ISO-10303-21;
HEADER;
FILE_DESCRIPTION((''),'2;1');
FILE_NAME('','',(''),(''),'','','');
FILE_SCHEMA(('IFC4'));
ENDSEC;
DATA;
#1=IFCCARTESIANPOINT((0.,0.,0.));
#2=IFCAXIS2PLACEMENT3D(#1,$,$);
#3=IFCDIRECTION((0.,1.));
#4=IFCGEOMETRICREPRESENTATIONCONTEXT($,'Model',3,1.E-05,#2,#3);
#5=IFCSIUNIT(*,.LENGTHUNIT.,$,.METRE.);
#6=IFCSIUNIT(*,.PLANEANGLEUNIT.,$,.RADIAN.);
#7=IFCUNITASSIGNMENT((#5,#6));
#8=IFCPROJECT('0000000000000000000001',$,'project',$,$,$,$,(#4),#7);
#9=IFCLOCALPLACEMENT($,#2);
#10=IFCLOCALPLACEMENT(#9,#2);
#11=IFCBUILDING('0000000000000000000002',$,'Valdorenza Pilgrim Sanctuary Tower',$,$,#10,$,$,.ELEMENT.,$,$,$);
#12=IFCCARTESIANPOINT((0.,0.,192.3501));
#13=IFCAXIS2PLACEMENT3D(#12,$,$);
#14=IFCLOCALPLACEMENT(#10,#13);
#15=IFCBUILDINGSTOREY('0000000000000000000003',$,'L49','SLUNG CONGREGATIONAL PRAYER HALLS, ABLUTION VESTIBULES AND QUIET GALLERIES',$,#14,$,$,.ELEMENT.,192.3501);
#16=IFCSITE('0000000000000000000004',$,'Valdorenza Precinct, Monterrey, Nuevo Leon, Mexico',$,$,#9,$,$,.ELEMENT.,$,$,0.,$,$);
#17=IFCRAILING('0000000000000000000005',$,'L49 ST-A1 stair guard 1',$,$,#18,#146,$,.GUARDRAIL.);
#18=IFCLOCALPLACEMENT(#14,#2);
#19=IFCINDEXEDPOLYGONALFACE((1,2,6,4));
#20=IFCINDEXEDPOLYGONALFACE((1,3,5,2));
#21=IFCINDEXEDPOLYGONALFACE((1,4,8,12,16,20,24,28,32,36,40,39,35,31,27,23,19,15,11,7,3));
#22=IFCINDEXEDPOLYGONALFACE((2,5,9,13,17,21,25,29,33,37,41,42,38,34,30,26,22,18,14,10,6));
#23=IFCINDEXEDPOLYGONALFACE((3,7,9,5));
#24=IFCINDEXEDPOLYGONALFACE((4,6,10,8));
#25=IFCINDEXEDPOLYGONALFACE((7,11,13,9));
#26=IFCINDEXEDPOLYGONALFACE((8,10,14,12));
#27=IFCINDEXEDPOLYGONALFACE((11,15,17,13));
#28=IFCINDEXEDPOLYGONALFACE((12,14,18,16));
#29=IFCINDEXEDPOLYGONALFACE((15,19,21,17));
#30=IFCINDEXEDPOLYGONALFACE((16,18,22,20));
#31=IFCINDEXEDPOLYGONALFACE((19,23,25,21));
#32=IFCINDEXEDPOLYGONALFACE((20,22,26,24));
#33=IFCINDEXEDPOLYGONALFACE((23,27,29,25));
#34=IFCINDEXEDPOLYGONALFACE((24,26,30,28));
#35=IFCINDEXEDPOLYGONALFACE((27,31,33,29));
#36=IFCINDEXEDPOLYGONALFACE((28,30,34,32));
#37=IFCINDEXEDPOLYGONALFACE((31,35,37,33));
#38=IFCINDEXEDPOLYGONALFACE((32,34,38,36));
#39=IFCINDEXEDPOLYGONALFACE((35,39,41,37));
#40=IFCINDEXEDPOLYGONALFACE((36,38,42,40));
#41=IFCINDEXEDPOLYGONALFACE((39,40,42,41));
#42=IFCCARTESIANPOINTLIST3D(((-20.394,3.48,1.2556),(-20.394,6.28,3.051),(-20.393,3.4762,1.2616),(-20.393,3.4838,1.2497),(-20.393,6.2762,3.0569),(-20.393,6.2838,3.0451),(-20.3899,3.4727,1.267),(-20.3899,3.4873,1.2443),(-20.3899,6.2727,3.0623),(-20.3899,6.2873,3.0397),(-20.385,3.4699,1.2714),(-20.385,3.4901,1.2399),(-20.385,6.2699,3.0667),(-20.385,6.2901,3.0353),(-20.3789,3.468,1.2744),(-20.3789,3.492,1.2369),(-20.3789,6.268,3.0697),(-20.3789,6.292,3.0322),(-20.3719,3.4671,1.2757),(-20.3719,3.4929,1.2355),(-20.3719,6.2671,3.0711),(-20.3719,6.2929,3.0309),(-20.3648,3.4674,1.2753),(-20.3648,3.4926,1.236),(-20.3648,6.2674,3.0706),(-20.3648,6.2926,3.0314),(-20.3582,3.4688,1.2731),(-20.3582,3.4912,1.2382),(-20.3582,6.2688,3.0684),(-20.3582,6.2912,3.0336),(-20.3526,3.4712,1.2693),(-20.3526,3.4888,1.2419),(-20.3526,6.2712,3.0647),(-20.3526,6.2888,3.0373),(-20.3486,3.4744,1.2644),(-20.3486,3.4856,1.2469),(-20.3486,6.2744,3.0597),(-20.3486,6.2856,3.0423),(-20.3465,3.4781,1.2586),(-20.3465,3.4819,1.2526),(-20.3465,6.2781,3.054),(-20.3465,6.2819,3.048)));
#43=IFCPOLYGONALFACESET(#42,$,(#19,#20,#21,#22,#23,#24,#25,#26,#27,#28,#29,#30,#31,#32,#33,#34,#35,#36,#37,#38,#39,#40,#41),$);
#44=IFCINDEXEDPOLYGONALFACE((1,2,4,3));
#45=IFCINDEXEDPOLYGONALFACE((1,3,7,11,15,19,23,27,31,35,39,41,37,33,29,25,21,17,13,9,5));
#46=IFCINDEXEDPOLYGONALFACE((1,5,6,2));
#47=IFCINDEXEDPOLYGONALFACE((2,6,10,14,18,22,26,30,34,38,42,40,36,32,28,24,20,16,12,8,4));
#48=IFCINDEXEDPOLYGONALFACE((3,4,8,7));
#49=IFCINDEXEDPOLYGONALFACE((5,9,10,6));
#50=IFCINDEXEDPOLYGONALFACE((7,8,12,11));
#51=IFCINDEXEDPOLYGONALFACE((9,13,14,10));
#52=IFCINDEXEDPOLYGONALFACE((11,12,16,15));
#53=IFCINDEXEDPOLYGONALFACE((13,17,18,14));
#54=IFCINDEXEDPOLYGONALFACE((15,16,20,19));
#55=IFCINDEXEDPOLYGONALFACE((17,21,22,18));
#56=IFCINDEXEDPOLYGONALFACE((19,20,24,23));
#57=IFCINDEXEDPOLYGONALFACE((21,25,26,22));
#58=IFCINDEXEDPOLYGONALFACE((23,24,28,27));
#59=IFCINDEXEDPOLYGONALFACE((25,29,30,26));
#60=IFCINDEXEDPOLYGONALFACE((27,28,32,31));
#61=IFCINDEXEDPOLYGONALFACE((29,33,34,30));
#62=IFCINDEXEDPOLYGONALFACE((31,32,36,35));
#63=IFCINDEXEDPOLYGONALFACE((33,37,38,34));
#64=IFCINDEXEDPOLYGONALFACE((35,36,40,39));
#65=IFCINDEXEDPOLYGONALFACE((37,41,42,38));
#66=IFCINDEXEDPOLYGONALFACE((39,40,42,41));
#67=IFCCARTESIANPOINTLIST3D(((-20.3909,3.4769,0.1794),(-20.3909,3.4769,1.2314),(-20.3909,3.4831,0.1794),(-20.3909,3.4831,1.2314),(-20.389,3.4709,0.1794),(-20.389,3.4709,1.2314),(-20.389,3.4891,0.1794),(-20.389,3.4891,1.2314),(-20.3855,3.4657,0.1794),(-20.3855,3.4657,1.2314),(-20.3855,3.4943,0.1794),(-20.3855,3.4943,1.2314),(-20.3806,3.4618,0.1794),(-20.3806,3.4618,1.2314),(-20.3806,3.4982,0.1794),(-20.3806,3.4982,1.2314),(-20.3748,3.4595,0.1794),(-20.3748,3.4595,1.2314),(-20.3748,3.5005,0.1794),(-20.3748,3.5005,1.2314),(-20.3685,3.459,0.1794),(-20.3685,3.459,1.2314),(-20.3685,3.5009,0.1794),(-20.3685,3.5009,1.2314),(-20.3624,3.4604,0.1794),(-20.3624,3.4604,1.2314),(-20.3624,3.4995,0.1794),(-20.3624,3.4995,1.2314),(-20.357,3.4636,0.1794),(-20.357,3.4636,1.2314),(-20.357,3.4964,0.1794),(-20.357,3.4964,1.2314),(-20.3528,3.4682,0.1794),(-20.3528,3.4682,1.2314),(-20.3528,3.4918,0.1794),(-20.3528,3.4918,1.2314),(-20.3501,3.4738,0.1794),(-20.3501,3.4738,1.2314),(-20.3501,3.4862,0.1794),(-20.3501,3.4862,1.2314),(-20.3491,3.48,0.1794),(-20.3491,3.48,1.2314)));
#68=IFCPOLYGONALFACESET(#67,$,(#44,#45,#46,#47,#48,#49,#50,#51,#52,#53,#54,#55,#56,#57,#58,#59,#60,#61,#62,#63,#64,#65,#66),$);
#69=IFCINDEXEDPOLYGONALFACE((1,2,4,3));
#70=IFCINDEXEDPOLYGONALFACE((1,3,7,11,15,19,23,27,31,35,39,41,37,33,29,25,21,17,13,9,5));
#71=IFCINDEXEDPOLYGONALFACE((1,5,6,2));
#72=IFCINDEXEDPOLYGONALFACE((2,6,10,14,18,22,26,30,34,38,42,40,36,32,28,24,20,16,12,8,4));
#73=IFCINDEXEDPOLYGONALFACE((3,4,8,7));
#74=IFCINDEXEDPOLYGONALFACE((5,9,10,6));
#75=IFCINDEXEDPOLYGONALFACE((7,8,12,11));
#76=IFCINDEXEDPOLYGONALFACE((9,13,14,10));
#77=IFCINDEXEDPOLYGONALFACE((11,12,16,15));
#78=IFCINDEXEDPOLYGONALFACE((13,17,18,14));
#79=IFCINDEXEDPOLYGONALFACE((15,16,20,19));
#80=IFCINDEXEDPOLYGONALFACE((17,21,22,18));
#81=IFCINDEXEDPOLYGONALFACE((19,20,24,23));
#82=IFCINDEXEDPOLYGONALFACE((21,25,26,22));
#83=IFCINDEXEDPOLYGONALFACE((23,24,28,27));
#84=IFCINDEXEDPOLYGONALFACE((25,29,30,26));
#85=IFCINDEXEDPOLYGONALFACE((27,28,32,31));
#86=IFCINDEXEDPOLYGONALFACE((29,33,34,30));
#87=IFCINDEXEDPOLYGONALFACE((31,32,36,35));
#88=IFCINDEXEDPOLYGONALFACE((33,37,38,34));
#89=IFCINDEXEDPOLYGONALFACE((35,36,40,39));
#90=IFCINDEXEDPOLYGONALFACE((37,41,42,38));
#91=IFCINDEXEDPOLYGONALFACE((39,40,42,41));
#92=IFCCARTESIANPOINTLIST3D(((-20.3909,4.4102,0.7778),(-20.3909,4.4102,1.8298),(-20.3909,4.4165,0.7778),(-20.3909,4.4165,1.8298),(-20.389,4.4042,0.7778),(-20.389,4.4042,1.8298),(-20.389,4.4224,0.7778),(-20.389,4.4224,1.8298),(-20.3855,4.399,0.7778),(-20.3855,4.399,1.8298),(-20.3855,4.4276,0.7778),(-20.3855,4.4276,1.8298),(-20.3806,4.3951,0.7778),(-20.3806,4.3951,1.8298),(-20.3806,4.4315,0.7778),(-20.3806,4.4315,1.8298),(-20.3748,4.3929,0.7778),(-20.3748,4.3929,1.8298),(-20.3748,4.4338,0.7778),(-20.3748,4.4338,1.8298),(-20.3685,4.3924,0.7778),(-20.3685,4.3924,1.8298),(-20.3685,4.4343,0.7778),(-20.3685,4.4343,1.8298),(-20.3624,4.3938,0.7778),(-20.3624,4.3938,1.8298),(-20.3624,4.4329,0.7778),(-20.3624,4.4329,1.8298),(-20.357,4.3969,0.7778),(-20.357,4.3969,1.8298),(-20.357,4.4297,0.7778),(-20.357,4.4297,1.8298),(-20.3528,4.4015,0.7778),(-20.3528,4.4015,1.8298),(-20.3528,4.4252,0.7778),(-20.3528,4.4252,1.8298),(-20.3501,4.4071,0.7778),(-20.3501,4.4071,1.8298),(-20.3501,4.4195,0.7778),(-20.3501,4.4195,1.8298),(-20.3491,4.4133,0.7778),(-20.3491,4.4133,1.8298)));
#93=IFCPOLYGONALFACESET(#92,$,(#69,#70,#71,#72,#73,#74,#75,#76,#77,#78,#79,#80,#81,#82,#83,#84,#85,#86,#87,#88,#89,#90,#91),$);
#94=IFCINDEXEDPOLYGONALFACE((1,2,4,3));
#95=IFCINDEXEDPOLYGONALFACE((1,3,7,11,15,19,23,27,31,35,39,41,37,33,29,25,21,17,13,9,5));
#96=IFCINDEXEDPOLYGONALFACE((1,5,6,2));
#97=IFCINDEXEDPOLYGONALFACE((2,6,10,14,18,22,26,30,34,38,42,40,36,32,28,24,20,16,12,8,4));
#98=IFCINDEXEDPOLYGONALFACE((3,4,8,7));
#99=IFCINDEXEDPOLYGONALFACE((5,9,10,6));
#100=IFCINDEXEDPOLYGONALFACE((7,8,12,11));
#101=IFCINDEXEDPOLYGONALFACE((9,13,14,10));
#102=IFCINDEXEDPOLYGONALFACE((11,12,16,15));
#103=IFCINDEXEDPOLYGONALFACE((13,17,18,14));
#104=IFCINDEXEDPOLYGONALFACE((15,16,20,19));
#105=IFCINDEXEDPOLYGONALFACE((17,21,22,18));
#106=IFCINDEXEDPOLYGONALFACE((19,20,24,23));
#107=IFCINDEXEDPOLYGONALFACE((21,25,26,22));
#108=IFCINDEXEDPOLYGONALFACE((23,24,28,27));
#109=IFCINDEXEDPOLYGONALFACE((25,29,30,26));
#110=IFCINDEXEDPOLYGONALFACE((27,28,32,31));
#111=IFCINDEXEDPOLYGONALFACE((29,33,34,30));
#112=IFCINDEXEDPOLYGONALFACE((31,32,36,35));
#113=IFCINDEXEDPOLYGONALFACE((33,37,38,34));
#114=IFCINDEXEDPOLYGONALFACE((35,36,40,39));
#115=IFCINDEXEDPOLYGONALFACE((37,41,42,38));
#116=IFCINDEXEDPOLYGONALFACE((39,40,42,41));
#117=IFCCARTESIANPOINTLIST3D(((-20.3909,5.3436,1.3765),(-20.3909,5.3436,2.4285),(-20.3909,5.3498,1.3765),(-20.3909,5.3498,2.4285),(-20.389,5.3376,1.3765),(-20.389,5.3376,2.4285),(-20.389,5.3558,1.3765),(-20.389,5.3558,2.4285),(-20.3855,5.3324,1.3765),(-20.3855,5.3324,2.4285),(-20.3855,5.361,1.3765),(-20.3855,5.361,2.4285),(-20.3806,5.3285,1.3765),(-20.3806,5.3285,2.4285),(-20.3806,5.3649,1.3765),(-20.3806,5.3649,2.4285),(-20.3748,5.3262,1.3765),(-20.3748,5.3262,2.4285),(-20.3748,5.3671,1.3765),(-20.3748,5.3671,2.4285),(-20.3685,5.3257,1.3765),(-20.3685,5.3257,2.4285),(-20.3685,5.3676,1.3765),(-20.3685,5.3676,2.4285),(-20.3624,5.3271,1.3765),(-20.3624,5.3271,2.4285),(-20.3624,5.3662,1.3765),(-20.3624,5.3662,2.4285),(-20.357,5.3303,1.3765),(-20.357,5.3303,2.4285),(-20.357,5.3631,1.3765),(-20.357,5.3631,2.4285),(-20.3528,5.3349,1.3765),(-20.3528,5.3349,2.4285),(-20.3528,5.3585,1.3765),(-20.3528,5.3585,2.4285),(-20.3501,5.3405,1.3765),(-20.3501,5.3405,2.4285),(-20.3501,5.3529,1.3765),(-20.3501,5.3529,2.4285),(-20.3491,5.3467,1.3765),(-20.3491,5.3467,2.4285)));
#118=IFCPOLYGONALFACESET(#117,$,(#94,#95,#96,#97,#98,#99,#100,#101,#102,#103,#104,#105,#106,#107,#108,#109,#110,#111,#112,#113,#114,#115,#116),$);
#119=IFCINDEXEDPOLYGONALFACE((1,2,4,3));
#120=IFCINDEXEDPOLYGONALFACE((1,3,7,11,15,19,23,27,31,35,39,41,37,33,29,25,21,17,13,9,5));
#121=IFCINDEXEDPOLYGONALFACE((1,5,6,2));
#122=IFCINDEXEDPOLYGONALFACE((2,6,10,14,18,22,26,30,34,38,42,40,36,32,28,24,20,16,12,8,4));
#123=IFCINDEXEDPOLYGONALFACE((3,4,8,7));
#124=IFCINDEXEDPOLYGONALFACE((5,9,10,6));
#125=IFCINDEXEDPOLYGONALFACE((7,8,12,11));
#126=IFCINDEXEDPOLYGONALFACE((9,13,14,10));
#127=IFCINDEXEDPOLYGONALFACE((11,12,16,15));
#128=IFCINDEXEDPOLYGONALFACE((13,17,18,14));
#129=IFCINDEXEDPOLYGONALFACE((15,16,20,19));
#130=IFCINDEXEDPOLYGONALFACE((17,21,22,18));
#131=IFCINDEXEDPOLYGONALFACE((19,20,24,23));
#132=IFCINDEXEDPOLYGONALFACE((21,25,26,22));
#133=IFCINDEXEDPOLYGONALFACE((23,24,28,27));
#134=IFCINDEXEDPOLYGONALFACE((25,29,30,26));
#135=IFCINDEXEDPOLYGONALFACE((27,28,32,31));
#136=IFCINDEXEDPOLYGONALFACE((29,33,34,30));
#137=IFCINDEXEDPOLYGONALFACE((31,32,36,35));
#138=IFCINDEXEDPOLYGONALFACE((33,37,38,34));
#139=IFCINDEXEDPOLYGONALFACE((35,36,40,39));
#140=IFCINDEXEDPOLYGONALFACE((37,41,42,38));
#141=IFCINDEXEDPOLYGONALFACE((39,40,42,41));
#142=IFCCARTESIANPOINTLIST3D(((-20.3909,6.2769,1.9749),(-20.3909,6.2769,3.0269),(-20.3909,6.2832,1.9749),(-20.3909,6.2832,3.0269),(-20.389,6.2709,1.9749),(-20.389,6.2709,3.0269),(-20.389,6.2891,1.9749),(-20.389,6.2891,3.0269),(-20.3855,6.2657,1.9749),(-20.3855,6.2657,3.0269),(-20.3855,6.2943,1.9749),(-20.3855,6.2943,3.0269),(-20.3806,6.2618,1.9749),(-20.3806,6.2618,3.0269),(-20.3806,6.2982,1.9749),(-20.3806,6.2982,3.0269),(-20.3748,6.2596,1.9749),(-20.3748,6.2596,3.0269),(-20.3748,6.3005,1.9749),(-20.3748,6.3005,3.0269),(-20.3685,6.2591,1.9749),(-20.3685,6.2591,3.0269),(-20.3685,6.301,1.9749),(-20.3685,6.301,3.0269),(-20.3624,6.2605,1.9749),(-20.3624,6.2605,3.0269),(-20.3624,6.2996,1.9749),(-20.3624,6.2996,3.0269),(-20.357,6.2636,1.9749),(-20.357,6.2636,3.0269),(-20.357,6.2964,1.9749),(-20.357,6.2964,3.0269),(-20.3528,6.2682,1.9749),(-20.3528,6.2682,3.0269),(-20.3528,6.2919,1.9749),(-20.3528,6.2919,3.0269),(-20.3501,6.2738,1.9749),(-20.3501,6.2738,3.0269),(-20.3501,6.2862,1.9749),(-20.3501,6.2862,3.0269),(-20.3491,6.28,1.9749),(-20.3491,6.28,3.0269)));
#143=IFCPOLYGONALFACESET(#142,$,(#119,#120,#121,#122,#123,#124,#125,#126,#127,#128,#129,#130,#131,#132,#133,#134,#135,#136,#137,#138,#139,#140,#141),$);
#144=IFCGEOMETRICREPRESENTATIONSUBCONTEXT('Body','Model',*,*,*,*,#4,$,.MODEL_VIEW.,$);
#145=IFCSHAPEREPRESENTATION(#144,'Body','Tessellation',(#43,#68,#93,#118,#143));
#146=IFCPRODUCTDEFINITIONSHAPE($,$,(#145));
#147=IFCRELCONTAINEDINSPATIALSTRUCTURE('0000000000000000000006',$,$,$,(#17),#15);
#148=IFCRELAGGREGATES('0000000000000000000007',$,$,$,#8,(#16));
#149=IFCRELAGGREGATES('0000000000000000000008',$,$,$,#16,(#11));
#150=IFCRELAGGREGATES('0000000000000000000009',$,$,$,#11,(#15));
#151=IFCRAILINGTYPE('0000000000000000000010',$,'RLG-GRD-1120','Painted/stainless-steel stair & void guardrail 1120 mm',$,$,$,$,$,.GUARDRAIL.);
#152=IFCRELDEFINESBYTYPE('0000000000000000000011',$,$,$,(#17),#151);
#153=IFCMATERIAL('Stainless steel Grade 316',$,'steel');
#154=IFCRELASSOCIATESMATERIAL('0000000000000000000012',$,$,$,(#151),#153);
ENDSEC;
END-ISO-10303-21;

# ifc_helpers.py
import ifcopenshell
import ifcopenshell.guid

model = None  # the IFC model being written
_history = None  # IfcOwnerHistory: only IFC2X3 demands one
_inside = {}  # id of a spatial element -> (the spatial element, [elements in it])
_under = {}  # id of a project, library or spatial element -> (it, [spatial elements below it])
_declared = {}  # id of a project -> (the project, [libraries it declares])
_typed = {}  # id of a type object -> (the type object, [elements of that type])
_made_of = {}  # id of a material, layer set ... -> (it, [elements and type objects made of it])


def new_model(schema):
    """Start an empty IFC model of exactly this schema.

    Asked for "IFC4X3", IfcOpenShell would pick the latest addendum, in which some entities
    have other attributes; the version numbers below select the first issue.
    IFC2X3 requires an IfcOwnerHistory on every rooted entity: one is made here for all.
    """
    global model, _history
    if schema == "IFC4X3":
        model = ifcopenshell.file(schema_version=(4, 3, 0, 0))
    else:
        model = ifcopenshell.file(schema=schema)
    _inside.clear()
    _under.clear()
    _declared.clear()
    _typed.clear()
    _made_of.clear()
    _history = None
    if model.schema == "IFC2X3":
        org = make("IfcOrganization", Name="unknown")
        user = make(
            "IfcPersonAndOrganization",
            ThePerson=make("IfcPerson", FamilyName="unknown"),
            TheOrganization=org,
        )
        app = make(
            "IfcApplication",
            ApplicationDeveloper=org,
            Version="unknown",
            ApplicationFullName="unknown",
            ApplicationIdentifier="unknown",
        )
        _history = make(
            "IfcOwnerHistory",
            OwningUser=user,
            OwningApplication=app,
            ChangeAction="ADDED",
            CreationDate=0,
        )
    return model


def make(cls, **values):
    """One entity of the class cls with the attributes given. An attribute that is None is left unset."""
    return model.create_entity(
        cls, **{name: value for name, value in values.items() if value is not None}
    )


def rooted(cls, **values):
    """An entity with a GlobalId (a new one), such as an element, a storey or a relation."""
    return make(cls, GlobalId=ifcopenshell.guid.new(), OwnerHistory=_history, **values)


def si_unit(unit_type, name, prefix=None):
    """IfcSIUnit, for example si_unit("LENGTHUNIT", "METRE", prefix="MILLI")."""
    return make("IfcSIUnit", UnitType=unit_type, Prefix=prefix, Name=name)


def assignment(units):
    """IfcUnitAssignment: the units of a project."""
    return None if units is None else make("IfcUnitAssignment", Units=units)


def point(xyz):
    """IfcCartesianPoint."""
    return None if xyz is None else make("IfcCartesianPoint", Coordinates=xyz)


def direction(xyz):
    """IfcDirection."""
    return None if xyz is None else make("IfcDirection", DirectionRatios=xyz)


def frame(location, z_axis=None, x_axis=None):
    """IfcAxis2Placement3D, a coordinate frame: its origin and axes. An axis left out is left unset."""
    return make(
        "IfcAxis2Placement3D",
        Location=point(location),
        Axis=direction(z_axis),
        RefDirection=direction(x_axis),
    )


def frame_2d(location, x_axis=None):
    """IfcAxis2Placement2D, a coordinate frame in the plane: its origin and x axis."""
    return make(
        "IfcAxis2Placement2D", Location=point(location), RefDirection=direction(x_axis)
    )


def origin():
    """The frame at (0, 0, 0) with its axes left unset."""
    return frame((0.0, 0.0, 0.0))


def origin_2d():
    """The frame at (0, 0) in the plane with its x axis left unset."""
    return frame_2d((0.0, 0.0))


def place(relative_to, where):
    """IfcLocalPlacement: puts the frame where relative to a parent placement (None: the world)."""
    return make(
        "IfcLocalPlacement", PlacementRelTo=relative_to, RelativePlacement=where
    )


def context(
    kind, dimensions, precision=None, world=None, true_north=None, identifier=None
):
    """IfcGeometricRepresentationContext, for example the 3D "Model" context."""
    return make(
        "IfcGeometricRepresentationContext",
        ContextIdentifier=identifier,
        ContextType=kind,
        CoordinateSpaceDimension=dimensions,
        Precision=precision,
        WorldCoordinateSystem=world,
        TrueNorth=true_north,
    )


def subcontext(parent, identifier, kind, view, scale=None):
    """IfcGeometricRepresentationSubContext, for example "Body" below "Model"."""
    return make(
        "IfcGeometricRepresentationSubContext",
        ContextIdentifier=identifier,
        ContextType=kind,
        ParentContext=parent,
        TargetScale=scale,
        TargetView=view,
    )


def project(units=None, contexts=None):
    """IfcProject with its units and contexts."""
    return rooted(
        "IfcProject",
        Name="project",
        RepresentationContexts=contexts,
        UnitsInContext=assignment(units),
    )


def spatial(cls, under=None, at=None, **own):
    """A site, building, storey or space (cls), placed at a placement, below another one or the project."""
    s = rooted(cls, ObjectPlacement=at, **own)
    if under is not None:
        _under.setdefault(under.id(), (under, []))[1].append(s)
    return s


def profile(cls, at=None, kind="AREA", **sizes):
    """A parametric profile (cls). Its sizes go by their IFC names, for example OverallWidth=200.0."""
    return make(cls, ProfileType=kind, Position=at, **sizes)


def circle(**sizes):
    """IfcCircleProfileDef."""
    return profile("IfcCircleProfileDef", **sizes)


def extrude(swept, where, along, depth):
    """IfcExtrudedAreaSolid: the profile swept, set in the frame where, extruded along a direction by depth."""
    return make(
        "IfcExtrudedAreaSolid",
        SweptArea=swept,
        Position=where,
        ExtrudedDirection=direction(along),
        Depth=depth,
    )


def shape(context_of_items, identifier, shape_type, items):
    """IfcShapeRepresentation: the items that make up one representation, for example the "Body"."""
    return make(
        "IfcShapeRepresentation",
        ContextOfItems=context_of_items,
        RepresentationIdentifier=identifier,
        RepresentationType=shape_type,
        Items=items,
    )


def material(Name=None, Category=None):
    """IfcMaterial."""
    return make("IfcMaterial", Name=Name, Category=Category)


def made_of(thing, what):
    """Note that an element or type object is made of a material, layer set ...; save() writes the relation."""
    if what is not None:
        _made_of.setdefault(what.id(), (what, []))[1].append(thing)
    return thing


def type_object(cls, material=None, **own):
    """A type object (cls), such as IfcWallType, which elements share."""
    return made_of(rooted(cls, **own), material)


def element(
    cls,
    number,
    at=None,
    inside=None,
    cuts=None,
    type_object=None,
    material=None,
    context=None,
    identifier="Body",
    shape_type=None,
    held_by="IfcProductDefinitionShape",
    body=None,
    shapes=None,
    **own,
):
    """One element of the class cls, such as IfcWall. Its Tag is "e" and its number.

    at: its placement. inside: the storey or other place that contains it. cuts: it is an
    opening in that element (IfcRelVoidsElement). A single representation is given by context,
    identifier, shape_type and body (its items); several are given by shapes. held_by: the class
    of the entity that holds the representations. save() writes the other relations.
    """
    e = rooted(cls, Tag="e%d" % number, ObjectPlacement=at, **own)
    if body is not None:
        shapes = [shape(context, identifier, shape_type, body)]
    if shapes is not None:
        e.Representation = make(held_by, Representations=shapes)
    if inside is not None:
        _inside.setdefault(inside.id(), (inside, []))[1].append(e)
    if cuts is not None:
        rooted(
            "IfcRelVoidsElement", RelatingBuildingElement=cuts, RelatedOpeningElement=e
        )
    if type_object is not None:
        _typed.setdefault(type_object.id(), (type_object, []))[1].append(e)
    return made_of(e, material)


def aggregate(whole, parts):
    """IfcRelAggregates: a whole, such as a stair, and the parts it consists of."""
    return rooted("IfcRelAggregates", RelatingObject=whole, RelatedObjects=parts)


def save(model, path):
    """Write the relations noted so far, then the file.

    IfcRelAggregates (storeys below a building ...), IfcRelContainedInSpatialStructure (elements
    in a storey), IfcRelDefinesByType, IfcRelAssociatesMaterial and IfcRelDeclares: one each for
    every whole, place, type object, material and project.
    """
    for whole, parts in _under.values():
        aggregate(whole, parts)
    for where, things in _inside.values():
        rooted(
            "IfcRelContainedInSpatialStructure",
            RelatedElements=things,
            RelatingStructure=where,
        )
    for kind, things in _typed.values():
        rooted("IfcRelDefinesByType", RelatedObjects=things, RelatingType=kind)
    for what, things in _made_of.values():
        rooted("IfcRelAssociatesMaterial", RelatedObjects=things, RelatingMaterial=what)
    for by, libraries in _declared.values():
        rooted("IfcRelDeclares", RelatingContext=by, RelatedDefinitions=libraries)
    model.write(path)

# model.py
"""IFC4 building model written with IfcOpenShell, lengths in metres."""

from ifc_helpers import new_model, si_unit, direction, frame, origin, origin_2d, place, context, subcontext, project, spatial, circle, extrude, material, type_object, element, save


model = new_model("IFC4")

# Units and contexts
model_context = context("Model", 3, precision=1e-05, world=origin(), true_north=direction((0.0, 1.0)))
body_context = subcontext(model_context, "Body", "Model", "MODEL_VIEW")
ifc_project = project(units=[si_unit("LENGTHUNIT", "METRE"), si_unit("PLANEANGLEUNIT", "RADIAN")], contexts=[model_context])

# Site, building, storey
site_placement = place(None, origin())
site = spatial("IfcSite", under=ifc_project, at=site_placement, Name="Valdorenza Precinct, Monterrey, Nuevo Leon, Mexico", CompositionType="ELEMENT", RefElevation=0.0)
building_placement = place(site_placement, origin())
building = spatial("IfcBuilding", under=site, at=building_placement, Name="Valdorenza Pilgrim Sanctuary Tower", CompositionType="ELEMENT")
storey_placement = place(building_placement, frame((0.0, 0.0, 192.3501)))
storey = spatial("IfcBuildingStorey", under=building, at=storey_placement, Name="L49", Description="SLUNG CONGREGATIONAL PRAYER HALLS, ABLUTION VESTIBULES AND QUIET GALLERIES", CompositionType="ELEMENT", Elevation=192.3501)

# Railing
ifc_material_1 = material(Name="Stainless steel Grade 316", Category="steel")
railing_type_1 = type_object("IfcRailingType", Name="RLG-GRD-1120", Description="Painted/stainless-steel stair & void guardrail 1120 mm", PredefinedType="GUARDRAIL", material=ifc_material_1)
railing_1_placement = place(storey_placement, frame((-20.3701, 3.48, 0.1794)))
element("IfcRailing", 1, at=railing_1_placement, inside=storey, type_object=railing_type_1, Name="L49 ST-A1 stair guard 1", PredefinedType="GUARDRAIL", context=body_context, shape_type="SweptSolid", body=[
    extrude(circle(Radius=0.0239, at=origin_2d()), frame((0.0, 0.0, 1.0762), z_axis=(0.0, 0.84181, 0.539774), x_axis=(-1.0, 0.0, 0.0)), (0.0, 0.0, 1.0), 3.3262),
    extrude(circle(Radius=0.021, at=origin_2d()), origin(), (0.0, 0.0, 1.0), 1.052),
    extrude(circle(Radius=0.021, at=origin_2d()), frame((0.0, 0.9333, 0.5984)), (0.0, 0.0, 1.0), 1.052),
    extrude(circle(Radius=0.021, at=origin_2d()), frame((0.0, 1.8667, 1.197)), (0.0, 0.0, 1.0), 1.052),
    extrude(circle(Radius=0.021, at=origin_2d()), frame((0.0, 2.8, 1.7954)), (0.0, 0.0, 1.0), 1.052),
])

save(model, "model.ifc")
